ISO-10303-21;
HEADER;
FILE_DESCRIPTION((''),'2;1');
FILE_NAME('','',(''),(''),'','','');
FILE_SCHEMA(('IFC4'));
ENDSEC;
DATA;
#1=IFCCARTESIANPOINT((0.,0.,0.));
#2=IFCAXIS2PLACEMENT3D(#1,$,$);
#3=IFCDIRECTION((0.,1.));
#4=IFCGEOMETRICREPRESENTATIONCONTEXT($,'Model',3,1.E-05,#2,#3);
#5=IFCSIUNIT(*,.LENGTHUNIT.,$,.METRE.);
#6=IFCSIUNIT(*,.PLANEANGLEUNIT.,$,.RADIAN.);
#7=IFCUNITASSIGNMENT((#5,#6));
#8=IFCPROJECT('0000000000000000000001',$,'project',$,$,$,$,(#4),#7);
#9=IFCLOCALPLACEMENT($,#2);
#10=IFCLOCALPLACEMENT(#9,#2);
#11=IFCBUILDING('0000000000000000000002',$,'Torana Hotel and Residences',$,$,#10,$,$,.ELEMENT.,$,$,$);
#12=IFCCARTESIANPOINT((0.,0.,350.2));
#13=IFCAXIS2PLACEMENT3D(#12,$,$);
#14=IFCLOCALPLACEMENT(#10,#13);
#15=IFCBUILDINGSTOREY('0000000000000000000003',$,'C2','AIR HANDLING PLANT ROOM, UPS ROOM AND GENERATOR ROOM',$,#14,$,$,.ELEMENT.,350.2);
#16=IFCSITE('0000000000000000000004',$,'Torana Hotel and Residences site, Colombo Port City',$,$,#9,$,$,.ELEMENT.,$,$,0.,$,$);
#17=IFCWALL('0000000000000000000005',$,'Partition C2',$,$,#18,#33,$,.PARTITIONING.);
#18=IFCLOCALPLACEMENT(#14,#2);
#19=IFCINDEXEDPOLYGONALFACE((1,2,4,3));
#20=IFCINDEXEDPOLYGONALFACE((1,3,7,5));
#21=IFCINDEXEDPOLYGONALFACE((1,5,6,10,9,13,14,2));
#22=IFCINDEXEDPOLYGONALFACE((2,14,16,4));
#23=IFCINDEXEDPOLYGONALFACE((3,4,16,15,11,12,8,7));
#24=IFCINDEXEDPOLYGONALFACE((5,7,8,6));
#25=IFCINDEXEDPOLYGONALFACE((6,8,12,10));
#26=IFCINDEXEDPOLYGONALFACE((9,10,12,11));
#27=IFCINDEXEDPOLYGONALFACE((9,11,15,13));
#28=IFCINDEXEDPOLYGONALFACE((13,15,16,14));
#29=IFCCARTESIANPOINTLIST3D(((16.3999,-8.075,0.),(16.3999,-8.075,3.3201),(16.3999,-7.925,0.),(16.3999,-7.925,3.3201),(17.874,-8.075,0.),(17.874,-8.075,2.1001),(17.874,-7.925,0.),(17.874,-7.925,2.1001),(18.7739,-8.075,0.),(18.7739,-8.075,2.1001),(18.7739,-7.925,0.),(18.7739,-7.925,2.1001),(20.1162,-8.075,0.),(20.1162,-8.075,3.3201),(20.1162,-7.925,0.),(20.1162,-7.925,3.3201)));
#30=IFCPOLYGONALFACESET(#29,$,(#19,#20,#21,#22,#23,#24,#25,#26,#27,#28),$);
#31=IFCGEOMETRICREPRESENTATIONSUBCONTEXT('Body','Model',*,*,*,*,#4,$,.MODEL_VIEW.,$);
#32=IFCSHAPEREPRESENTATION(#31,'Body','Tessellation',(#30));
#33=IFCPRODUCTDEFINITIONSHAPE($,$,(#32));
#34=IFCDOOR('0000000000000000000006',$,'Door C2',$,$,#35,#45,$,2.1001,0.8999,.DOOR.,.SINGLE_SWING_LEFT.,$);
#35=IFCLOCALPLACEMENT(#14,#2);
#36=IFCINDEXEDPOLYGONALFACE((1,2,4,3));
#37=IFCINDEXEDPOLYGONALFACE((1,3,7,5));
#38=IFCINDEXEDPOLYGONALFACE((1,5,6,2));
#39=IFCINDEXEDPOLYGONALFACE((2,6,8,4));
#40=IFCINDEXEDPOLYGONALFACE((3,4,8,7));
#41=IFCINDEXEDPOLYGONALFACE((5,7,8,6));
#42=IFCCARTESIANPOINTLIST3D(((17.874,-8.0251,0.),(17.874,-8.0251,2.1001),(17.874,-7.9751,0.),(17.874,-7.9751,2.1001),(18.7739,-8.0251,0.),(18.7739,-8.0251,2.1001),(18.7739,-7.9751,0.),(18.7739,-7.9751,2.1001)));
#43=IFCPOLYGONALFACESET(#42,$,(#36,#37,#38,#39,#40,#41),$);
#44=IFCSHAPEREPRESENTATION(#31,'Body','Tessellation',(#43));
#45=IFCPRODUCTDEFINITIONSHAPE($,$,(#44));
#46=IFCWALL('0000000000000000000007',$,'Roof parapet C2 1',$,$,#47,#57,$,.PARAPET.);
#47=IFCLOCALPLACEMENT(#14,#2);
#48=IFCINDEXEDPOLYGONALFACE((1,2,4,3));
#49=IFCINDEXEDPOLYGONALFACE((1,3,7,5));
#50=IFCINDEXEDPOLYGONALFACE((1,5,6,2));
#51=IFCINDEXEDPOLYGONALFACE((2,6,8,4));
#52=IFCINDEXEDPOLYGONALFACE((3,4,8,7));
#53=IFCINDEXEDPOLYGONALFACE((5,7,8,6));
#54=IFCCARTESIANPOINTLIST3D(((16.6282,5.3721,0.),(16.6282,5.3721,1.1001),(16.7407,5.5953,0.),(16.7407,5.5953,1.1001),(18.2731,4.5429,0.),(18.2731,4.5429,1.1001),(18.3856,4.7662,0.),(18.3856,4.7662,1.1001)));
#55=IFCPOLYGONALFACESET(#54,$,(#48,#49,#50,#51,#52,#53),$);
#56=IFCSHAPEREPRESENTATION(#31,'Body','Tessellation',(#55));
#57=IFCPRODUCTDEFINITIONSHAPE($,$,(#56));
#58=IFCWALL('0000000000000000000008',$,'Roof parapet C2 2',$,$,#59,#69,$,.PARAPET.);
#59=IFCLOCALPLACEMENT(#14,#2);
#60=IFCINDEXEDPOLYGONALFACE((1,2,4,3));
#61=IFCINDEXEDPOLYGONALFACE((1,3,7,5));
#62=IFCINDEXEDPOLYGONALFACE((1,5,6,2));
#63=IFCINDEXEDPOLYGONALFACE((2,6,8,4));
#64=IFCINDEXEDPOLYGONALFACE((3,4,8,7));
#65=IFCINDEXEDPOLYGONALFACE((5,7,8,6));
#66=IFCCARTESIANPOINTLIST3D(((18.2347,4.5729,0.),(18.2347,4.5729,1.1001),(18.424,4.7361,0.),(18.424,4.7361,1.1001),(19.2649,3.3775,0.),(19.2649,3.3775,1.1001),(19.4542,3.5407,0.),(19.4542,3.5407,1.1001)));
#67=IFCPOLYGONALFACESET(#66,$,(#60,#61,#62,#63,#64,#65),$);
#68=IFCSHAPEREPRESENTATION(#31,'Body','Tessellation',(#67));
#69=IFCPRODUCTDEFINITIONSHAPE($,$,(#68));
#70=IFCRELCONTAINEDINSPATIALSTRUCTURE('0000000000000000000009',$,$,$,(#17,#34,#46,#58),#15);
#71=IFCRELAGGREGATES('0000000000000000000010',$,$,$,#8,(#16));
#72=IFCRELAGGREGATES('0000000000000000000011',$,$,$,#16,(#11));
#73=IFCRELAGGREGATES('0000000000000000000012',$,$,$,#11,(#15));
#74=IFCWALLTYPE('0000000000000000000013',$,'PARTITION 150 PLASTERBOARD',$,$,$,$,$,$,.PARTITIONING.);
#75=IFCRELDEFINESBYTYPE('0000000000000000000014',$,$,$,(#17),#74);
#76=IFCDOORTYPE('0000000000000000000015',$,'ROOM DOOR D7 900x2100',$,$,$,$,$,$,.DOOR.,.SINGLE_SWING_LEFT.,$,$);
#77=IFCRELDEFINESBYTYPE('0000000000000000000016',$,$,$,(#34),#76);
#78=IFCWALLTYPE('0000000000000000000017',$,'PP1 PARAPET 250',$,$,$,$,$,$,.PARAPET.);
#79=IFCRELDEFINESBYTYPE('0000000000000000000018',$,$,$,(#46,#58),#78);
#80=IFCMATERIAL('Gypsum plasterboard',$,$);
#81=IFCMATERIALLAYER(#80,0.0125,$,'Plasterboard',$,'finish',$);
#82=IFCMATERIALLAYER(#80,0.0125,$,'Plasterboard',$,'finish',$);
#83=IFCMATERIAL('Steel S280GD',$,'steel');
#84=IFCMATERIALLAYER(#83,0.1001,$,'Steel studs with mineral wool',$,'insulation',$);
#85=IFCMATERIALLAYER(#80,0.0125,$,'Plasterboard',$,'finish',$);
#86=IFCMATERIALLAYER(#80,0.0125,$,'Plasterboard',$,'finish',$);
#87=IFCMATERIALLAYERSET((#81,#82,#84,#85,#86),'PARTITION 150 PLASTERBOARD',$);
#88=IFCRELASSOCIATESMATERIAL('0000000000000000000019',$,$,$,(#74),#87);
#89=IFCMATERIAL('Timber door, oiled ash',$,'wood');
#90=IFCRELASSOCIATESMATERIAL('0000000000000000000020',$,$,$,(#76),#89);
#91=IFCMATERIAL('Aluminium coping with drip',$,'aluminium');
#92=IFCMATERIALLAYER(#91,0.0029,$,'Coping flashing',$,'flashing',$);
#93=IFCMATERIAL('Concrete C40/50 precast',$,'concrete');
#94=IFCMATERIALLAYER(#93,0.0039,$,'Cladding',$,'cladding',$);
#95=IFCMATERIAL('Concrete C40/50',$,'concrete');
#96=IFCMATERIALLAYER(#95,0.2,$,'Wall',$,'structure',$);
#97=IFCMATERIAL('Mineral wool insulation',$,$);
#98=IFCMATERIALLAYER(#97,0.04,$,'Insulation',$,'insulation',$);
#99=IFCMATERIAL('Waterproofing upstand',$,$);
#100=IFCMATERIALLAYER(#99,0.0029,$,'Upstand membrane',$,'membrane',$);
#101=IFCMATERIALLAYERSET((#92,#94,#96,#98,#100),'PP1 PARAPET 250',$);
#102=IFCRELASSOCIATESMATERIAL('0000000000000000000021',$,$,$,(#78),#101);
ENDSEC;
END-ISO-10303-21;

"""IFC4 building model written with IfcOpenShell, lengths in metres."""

from ifc_helpers import new_model, si_unit, direction, frame, frame_2d, origin, place, context, subcontext, project, spatial, rectangle, extrude, material, layer, layer_set, type_object, element, fill, save


model = new_model("IFC4")

# Units and contexts
model_context = context("Model", 3, precision=1e-05, world=origin(), true_north=direction((0.0, 1.0)))
body_context = subcontext(model_context, "Body", "Model", "MODEL_VIEW")
ifc_project = project(units=[si_unit("LENGTHUNIT", "METRE"), si_unit("PLANEANGLEUNIT", "RADIAN")], contexts=[model_context])

# Site, building, storey
site_placement = place(None, origin())
site = spatial("IfcSite", under=ifc_project, at=site_placement, Name="Torana Hotel and Residences site, Colombo Port City", CompositionType="ELEMENT", RefElevation=0.0)
building_placement = place(site_placement, origin())
building = spatial("IfcBuilding", under=site, at=building_placement, Name="Torana Hotel and Residences", CompositionType="ELEMENT")
storey_placement = place(building_placement, frame((0.0, 0.0, 350.2)))
storey = spatial("IfcBuildingStorey", under=building, at=storey_placement, Name="C2", Description="AIR HANDLING PLANT ROOM, UPS ROOM AND GENERATOR ROOM", CompositionType="ELEMENT", Elevation=350.2)

# Shared definitions
ifc_material_1 = material(Name="Gypsum plasterboard")
ifc_layer_1 = layer(ifc_material_1, 0.0125, Name="Plasterboard", Category="finish")
ifc_layer_2 = layer(ifc_material_1, 0.0125, Name="Plasterboard", Category="finish")
ifc_material_2 = material(Name="Steel S280GD", Category="steel")
ifc_layer_3 = layer(ifc_material_2, 0.1001, Name="Steel studs with mineral wool", Category="insulation")
ifc_layer_4 = layer(ifc_material_1, 0.0125, Name="Plasterboard", Category="finish")
ifc_layer_5 = layer(ifc_material_1, 0.0125, Name="Plasterboard", Category="finish")
ifc_layer_set_1 = layer_set([ifc_layer_1, ifc_layer_2, ifc_layer_3, ifc_layer_4, ifc_layer_5], Name="PARTITION 150 PLASTERBOARD")
wall_type_1 = type_object("IfcWallType", Name="PARTITION 150 PLASTERBOARD", PredefinedType="PARTITIONING", material=ifc_layer_set_1)

# Wall, opening, door
wall_1_placement = place(storey_placement, frame((16.3999, -8.0, 0.0), z_axis=(0.0, 0.0, 1.0), x_axis=(1.0, 0.0, 0.0)))
wall_1 = element("IfcWall", 1, at=wall_1_placement, inside=storey, type_object=wall_type_1, Name="Partition C2", PredefinedType="PARTITIONING", context=body_context, shape_type="SweptSolid", body=[
    extrude(rectangle(XDim=3.7163, YDim=0.1499, at=frame_2d((1.8582, 0.0))), origin(), (0.0, 0.0, 1.0), 3.3201),
])
opening_placement = place(wall_1_placement, frame((1.4741, 0.0, 0.0)))
opening = element("IfcOpeningElement", 2, at=opening_placement, cuts=wall_1, PredefinedType="OPENING", context=body_context, shape_type="SweptSolid", body=[
    extrude(rectangle(XDim=0.8999, YDim=2.1001, at=frame_2d((0.45, 1.05))), frame((0.0, 0.085, 0.0), z_axis=(0.0, -1.0, 0.0), x_axis=(1.0, 0.0, 0.0)), (0.0, 0.0, 1.0), 0.1699),
])
ifc_material_3 = material(Name="Timber door, oiled ash", Category="wood")
door_type = type_object("IfcDoorType", Name="ROOM DOOR D7 900x2100", OperationType="SINGLE_SWING_LEFT", PredefinedType="DOOR", material=ifc_material_3)
door_placement = place(opening_placement, origin())
door = element("IfcDoor", 3, at=door_placement, inside=storey, type_object=door_type, Name="Door C2", OperationType="SINGLE_SWING_LEFT", OverallHeight=2.1001, OverallWidth=0.8999, PredefinedType="DOOR", context=body_context, shape_type="SweptSolid", body=[
    extrude(rectangle(XDim=0.8999, YDim=2.1001, at=frame_2d((0.45, 1.05))), frame((0.0, 0.0249, 0.0), z_axis=(0.0, -1.0, 0.0), x_axis=(1.0, 0.0, 0.0)), (0.0, 0.0, 1.0), 0.05),
])
fill(opening, door)

# Walls
ifc_material_4 = material(Name="Aluminium coping with drip", Category="aluminium")
ifc_layer_6 = layer(ifc_material_4, 0.0029, Name="Coping flashing", Category="flashing")
ifc_material_5 = material(Name="Concrete C40/50 precast", Category="concrete")
ifc_layer_7 = layer(ifc_material_5, 0.0039, Name="Cladding", Category="cladding")
ifc_material_6 = material(Name="Concrete C40/50", Category="concrete")
ifc_layer_8 = layer(ifc_material_6, 0.2, Name="Wall", Category="structure")
ifc_material_7 = material(Name="Mineral wool insulation")
ifc_layer_9 = layer(ifc_material_7, 0.04, Name="Insulation", Category="insulation")
ifc_material_8 = material(Name="Waterproofing upstand")
ifc_layer_10 = layer(ifc_material_8, 0.0029, Name="Upstand membrane", Category="membrane")
ifc_layer_set_2 = layer_set([ifc_layer_6, ifc_layer_7, ifc_layer_8, ifc_layer_9, ifc_layer_10], Name="PP1 PARAPET 250")
wall_type_2 = type_object("IfcWallType", Name="PP1 PARAPET 250", PredefinedType="PARAPET", material=ifc_layer_set_2)
wall_2_placement = place(storey_placement, frame((16.6846, 5.4836, 0.0), z_axis=(0.0, 0.0, 1.0), x_axis=(0.892964, -0.450127, 0.0)))
element("IfcWall", 4, at=wall_2_placement, inside=storey, type_object=wall_type_2, Name="Roof parapet C2 1", PredefinedType="PARAPET", context=body_context, shape_type="SweptSolid", body=[
    extrude(rectangle(XDim=1.842, YDim=0.25, at=frame_2d((0.9209, 0.0))), origin(), (0.0, 0.0, 1.0), 1.1001),
])
wall_3_placement = place(storey_placement, frame((18.3293, 4.6545, 0.0), z_axis=(0.0, 0.0, 1.0), x_axis=(0.652802, -0.757529, 0.0)))
element("IfcWall", 5, at=wall_3_placement, inside=storey, type_object=wall_type_2, Name="Roof parapet C2 2", PredefinedType="PARAPET", context=body_context, shape_type="SweptSolid", body=[
    extrude(rectangle(XDim=1.5781, YDim=0.25, at=frame_2d((0.7891, 0.0))), origin(), (0.0, 0.0, 1.0), 1.1001),
])

save(model, "model.ifc")
